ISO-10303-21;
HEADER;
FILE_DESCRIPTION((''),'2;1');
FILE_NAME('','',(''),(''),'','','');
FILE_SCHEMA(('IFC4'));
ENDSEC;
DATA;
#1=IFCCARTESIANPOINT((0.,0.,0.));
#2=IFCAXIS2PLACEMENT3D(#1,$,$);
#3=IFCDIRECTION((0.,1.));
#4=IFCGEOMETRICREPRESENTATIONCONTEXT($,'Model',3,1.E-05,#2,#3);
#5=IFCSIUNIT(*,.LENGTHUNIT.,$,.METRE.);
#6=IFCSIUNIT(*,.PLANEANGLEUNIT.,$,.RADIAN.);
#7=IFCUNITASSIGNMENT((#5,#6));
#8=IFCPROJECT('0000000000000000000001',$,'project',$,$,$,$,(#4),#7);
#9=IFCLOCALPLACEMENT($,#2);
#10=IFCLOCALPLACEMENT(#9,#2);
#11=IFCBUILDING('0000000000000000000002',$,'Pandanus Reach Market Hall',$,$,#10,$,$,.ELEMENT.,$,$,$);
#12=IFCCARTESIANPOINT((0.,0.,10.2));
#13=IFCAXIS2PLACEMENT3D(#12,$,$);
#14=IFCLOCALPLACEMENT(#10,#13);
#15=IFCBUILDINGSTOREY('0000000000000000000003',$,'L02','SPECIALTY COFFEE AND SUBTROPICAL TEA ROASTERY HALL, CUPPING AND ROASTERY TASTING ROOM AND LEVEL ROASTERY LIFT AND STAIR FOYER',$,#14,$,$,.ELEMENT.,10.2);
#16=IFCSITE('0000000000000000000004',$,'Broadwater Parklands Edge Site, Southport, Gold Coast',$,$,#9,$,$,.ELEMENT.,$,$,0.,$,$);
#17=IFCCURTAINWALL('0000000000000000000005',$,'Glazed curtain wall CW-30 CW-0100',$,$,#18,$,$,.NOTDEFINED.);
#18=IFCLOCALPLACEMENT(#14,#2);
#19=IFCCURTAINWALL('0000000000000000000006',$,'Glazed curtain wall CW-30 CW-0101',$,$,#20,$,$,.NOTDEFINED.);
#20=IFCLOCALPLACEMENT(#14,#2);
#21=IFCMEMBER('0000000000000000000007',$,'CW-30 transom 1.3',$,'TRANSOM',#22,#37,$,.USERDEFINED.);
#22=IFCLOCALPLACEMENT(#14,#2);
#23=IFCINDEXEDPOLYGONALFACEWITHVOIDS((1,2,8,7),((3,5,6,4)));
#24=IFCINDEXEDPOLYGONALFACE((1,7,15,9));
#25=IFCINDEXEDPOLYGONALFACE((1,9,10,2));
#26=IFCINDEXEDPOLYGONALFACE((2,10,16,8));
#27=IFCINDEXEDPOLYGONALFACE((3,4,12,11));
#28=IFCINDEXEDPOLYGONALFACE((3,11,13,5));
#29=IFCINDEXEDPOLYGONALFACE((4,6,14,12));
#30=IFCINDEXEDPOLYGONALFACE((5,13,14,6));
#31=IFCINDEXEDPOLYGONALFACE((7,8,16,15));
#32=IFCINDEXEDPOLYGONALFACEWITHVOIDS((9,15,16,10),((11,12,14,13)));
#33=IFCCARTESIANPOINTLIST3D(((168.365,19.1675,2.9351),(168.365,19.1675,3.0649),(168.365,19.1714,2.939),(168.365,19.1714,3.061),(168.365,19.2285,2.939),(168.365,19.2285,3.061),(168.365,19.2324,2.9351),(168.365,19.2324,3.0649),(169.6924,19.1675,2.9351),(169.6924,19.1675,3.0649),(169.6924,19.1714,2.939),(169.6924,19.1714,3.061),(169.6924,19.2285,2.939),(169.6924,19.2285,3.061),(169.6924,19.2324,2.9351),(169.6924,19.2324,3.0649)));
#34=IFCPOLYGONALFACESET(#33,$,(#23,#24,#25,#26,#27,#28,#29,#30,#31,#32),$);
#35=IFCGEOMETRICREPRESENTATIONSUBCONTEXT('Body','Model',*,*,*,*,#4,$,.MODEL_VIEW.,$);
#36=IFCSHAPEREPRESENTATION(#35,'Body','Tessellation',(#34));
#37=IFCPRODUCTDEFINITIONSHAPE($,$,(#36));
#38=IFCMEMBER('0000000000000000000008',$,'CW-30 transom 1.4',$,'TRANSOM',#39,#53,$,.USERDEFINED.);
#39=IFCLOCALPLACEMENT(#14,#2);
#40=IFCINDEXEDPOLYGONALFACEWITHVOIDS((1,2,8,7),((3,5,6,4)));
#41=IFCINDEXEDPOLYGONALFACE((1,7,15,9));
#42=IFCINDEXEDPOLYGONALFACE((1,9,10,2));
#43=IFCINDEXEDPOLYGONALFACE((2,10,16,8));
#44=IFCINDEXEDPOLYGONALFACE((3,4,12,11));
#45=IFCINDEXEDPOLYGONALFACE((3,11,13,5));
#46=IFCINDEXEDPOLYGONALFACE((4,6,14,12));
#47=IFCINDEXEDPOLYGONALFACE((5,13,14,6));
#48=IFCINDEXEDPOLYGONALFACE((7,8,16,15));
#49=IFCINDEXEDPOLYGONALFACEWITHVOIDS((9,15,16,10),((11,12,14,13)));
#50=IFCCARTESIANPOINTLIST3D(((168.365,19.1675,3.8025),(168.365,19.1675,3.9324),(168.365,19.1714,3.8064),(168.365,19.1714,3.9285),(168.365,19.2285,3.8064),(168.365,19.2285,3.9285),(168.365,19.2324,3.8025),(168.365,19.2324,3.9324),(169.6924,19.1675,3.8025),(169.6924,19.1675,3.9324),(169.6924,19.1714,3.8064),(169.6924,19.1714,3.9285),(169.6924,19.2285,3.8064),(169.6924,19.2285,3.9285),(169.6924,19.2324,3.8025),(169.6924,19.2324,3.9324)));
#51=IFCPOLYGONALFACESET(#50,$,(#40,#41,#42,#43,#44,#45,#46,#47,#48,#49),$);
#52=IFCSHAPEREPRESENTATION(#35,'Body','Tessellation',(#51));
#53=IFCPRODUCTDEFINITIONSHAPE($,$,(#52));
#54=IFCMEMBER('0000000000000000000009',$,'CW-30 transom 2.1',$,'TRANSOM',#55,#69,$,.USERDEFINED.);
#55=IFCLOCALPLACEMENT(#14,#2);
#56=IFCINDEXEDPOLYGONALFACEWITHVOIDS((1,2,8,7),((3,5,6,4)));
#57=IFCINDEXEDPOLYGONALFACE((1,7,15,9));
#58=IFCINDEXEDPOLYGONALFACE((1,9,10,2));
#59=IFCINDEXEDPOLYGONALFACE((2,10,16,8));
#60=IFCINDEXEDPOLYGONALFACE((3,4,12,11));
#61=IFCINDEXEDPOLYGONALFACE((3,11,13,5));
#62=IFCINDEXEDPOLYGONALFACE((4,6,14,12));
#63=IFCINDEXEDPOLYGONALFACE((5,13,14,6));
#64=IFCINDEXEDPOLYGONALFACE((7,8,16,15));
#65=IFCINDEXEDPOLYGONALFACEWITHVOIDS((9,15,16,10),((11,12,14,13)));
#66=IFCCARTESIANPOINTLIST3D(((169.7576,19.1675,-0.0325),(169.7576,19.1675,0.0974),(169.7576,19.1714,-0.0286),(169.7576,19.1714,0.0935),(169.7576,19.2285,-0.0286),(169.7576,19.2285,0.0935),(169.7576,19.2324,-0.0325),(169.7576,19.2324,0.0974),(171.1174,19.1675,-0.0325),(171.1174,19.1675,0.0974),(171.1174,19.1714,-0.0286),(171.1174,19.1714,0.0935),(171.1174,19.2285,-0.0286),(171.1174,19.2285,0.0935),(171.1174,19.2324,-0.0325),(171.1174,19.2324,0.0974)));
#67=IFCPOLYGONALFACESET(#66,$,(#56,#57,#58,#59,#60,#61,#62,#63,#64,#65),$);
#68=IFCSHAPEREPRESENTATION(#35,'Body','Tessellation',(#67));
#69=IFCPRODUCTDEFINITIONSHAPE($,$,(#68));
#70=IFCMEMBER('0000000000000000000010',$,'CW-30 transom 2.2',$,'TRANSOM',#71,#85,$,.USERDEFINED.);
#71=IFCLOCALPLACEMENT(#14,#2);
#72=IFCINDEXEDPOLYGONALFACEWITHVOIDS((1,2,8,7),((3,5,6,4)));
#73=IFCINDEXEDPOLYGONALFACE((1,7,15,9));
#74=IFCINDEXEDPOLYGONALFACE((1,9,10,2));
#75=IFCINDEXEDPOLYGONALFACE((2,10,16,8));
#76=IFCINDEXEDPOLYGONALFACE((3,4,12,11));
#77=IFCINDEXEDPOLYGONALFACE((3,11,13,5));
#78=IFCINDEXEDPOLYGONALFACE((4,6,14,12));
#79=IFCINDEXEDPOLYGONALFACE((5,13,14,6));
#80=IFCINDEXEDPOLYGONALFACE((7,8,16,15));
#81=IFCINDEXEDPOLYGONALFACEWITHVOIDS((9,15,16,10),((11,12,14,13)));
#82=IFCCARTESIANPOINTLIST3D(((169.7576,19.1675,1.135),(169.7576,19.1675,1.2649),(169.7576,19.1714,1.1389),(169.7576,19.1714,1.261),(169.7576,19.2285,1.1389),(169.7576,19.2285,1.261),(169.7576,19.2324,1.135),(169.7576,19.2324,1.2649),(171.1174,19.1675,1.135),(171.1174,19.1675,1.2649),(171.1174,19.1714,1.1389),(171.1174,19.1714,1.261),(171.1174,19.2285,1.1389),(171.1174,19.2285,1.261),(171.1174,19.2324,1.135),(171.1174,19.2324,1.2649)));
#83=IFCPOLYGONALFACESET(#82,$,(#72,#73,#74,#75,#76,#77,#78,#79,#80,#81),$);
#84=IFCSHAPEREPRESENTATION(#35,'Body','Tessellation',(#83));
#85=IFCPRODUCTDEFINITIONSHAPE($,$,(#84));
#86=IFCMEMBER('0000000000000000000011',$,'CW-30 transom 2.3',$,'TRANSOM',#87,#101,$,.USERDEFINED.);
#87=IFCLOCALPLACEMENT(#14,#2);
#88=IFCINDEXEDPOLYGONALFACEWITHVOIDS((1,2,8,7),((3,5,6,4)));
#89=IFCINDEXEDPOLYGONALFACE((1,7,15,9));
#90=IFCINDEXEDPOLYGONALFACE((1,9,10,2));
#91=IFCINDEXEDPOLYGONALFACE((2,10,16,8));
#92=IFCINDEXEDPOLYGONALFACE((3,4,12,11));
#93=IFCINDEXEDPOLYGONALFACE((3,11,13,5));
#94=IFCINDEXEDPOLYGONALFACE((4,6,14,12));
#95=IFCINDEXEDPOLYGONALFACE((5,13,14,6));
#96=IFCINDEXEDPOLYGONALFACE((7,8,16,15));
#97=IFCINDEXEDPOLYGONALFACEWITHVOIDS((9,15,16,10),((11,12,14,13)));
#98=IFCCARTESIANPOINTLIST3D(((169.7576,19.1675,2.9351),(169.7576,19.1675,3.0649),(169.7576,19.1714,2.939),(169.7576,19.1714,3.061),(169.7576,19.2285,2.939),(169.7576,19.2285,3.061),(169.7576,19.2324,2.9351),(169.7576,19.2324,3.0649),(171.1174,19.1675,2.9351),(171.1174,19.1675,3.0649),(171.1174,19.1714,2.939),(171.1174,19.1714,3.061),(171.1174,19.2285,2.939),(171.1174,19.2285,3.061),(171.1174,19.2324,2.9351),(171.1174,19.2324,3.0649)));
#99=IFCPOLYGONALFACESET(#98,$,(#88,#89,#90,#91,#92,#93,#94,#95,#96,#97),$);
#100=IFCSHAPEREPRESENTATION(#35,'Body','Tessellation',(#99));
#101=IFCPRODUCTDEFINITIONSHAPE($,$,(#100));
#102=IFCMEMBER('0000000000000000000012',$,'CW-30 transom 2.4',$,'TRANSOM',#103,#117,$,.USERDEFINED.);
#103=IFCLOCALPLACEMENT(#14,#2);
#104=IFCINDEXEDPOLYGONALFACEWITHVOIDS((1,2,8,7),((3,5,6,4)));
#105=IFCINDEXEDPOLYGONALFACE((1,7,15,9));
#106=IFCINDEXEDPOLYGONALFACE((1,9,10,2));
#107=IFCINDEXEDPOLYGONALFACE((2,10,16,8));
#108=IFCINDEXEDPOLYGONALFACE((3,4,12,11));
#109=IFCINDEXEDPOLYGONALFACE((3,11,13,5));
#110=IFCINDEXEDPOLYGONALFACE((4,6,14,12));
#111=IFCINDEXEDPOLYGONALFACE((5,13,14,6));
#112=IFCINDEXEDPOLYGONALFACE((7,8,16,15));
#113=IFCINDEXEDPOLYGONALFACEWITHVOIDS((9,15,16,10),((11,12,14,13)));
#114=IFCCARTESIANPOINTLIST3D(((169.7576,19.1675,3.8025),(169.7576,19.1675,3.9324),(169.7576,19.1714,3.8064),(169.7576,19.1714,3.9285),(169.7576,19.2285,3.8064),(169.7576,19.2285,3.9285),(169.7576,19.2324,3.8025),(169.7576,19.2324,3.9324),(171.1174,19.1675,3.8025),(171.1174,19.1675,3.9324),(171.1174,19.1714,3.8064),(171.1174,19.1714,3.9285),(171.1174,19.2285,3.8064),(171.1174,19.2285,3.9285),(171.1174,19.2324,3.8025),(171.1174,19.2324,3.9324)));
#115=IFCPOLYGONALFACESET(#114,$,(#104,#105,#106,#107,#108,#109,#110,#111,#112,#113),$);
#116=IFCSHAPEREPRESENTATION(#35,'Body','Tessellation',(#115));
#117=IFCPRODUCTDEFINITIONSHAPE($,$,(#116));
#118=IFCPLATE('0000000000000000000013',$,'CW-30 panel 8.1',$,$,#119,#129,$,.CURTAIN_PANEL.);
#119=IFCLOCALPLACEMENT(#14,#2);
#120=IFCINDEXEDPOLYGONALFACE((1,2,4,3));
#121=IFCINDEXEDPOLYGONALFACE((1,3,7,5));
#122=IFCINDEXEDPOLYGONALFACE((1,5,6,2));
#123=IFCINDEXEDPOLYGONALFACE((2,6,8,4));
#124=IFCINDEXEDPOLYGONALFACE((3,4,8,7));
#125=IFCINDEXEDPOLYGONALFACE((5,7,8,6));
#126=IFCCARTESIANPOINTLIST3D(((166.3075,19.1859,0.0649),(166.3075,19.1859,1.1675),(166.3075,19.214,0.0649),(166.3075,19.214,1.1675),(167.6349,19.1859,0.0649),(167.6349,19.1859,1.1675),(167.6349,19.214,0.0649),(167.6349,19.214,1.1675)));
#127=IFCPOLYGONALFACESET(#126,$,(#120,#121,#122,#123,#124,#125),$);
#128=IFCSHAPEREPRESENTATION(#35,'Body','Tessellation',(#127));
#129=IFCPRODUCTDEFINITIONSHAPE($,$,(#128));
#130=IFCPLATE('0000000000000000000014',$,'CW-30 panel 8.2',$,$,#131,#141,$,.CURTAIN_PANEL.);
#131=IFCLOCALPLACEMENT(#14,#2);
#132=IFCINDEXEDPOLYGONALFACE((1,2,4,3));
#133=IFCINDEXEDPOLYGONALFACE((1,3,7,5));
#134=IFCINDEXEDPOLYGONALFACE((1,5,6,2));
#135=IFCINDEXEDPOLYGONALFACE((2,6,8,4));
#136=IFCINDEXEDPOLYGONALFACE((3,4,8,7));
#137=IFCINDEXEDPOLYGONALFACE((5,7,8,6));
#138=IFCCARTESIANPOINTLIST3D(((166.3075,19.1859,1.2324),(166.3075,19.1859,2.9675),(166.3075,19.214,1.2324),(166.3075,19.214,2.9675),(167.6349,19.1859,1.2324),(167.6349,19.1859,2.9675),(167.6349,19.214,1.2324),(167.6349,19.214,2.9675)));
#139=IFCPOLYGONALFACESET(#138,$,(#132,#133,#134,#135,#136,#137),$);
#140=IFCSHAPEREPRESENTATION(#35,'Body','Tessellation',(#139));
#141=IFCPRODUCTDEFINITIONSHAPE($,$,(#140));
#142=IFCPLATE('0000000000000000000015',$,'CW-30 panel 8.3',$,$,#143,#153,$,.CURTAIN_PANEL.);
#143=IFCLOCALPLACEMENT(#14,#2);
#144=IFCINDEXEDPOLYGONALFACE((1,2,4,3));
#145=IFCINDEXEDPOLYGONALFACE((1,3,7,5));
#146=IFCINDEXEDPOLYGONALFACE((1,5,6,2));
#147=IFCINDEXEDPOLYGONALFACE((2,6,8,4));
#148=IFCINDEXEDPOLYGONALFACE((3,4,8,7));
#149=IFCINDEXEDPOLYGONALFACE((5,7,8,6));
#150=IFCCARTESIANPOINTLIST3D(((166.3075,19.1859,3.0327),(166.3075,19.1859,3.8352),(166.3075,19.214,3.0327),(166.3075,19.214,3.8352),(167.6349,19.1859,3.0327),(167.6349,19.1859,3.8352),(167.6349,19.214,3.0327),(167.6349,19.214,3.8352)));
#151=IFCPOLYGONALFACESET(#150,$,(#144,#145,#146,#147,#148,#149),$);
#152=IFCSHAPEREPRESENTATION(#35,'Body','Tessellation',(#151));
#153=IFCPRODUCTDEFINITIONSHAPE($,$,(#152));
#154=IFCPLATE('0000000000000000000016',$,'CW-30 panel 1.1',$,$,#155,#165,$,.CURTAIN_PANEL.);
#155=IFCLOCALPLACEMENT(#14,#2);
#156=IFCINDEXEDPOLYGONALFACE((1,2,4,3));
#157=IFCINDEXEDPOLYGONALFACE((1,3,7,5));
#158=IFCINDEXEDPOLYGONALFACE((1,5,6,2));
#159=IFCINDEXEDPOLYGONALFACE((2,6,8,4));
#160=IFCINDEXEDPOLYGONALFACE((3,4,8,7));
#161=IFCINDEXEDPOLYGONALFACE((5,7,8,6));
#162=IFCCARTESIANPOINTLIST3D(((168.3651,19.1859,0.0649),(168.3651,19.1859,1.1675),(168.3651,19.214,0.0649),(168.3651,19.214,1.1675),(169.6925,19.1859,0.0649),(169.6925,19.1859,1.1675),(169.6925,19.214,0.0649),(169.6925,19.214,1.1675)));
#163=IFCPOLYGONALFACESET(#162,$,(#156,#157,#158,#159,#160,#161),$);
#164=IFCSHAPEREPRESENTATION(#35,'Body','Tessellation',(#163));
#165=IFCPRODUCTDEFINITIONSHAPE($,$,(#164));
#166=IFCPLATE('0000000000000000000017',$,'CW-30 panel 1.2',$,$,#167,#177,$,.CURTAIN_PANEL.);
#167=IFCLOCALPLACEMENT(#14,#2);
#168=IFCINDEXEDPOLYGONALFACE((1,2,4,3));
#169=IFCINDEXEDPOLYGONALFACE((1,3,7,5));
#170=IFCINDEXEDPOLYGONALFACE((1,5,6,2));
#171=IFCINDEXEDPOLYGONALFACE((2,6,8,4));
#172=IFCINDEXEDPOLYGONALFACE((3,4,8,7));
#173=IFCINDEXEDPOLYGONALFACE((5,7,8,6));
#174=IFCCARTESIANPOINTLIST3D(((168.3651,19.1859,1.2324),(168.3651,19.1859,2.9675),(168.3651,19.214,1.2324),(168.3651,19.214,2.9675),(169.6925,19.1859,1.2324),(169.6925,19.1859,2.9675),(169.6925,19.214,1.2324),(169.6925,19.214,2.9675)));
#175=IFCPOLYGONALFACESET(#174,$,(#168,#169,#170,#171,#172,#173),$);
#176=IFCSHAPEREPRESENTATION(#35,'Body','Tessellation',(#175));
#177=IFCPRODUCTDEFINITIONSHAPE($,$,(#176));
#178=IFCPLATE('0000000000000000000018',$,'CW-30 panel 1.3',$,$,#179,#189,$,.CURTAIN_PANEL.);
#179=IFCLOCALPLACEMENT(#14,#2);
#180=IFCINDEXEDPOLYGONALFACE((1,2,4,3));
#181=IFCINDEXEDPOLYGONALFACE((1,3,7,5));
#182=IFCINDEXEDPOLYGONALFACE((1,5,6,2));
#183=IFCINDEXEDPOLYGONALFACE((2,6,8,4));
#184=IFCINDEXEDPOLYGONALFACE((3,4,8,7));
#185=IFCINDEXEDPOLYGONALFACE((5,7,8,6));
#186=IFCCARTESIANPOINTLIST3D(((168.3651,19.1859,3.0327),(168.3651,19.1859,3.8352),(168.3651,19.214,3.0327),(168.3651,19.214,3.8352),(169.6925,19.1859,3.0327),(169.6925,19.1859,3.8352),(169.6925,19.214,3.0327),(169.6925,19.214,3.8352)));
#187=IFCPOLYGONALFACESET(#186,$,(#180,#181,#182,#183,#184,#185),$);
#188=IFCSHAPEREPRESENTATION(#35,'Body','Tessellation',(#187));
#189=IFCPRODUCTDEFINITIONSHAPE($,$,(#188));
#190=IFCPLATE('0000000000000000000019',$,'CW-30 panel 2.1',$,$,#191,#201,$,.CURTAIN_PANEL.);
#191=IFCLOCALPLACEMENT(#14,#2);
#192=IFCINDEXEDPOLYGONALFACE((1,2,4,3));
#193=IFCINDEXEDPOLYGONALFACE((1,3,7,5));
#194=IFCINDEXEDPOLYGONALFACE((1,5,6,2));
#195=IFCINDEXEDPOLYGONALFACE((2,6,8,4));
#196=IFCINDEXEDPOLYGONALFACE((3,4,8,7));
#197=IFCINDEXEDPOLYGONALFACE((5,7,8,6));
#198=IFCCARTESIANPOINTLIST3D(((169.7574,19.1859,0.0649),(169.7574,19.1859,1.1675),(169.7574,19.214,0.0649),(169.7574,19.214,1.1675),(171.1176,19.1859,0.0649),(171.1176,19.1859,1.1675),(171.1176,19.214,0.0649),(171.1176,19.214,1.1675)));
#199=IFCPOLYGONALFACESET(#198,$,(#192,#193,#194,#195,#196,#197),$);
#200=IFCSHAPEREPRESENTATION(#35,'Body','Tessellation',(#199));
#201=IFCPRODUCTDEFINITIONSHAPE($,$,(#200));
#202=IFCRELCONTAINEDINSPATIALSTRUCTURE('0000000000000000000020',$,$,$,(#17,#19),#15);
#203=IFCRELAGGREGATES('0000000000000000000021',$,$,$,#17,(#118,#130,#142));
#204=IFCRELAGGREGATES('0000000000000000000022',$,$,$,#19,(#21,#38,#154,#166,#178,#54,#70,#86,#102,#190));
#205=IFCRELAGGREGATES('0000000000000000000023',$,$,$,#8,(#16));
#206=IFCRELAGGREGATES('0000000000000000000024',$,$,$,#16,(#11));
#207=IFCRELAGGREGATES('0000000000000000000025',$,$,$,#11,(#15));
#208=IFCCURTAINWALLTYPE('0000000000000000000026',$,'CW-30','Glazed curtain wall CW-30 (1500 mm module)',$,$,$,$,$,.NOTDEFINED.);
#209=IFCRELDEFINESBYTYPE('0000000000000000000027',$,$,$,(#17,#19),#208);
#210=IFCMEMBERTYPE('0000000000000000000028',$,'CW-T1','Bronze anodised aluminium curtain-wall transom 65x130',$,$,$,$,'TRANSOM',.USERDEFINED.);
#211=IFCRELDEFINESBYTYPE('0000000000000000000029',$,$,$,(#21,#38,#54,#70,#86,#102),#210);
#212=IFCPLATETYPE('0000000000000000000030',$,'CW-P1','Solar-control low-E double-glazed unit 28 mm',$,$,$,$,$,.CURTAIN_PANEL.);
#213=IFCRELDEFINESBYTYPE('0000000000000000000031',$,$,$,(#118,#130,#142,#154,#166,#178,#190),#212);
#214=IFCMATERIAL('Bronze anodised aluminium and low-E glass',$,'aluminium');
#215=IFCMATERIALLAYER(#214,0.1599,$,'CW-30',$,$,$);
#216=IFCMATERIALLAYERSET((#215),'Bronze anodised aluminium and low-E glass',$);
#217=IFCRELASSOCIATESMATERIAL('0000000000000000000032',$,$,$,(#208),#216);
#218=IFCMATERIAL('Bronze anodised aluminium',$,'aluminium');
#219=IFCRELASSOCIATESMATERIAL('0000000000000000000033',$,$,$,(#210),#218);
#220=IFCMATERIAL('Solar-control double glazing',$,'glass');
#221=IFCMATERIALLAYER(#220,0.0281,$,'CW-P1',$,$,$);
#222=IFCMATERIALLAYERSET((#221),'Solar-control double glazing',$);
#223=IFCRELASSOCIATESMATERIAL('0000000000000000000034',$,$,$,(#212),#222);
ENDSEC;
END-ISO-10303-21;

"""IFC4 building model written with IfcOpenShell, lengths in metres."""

from ifc_helpers import new_model, si_unit, direction, frame, origin, origin_2d, place, context, subcontext, project, spatial, rectangle, hollow_rectangle, extrude, material, layer, layer_set, material_profile, profile_set, type_object, element, aggregate, save


model = new_model("IFC4")

# Units and contexts
model_context = context("Model", 3, precision=1e-05, world=origin(), true_north=direction((0.0, 1.0)))
body_context = subcontext(model_context, "Body", "Model", "MODEL_VIEW")
ifc_project = project(units=[si_unit("LENGTHUNIT", "METRE"), si_unit("PLANEANGLEUNIT", "RADIAN")], contexts=[model_context])

# Site, building, storey
site_placement = place(None, origin())
site = spatial("IfcSite", under=ifc_project, at=site_placement, Name="Broadwater Parklands Edge Site, Southport, Gold Coast", CompositionType="ELEMENT", RefElevation=0.0)
building_placement = place(site_placement, origin())
building = spatial("IfcBuilding", under=site, at=building_placement, Name="Pandanus Reach Market Hall", CompositionType="ELEMENT")
storey_placement = place(building_placement, frame((0.0, 0.0, 10.2)))
storey = spatial("IfcBuildingStorey", under=building, at=storey_placement, Name="L02", Description="SPECIALTY COFFEE AND SUBTROPICAL TEA ROASTERY HALL, CUPPING AND ROASTERY TASTING ROOM AND LEVEL ROASTERY LIFT AND STAIR FOYER", CompositionType="ELEMENT", Elevation=10.2)

# Curtain wall
ifc_material_1 = material(Name="Bronze anodised aluminium and low-E glass", Category="aluminium")
ifc_layer_1 = layer(ifc_material_1, 0.1599, Name="CW-30")
ifc_layer_set_1 = layer_set([ifc_layer_1], Name="Bronze anodised aluminium and low-E glass")
curtain_wall_type = type_object("IfcCurtainWallType", Name="CW-30", Description="Glazed curtain wall CW-30 (1500 mm module)", PredefinedType="NOTDEFINED", material=ifc_layer_set_1)
curtain_wall_1_placement = place(storey_placement, origin())
curtain_wall_1 = element("IfcCurtainWall", 1, at=curtain_wall_1_placement, inside=storey, type_object=curtain_wall_type, Name="Glazed curtain wall CW-30 CW-0100", PredefinedType="NOTDEFINED")
ifc_material_2 = material(Name="Bronze anodised aluminium", Category="aluminium")

# Curtain wall, members
curtain_wall_2_placement = place(storey_placement, origin())
curtain_wall_2 = element("IfcCurtainWall", 2, at=curtain_wall_2_placement, inside=storey, type_object=curtain_wall_type, Name="Glazed curtain wall CW-30 CW-0101", PredefinedType="NOTDEFINED")
ifc_material_profile_1 = material_profile(ifc_material_2, hollow_rectangle(XDim=0.0649, YDim=0.1299, WallThickness=0.0039, at=origin_2d()), Name="ALU65x130", Category="LoadBearing")
ifc_profile_set_1 = profile_set([ifc_material_profile_1], Name="Bronze anodised aluminium")
member_type_1 = type_object("IfcMemberType", Name="CW-T1", Description="Bronze anodised aluminium curtain-wall transom 65x130", ElementType="TRANSOM", PredefinedType="USERDEFINED", material=ifc_profile_set_1)
member_1_placement = place(storey_placement, frame((168.365, 19.2, 3.0), z_axis=(1.0, 0.0, 0.0), x_axis=(0.0, 1.0, 0.0)))
member_1 = element("IfcMember", 3, at=member_1_placement, type_object=member_type_1, Name="CW-30 transom 1.3", ObjectType="TRANSOM", PredefinedType="USERDEFINED", context=body_context, shape_type="SweptSolid", body=[
    extrude(hollow_rectangle(XDim=0.0649, YDim=0.1299, WallThickness=0.0039, at=origin_2d()), origin(), (0.0, 0.0, 1.0), 1.3274),
])
member_2_placement = place(storey_placement, frame((168.365, 19.2, 3.8674), z_axis=(1.0, 0.0, 0.0), x_axis=(0.0, 1.0, 0.0)))
member_2 = element("IfcMember", 4, at=member_2_placement, type_object=member_type_1, Name="CW-30 transom 1.4", ObjectType="TRANSOM", PredefinedType="USERDEFINED", context=body_context, shape_type="SweptSolid", body=[
    extrude(hollow_rectangle(XDim=0.0649, YDim=0.1299, WallThickness=0.0039, at=origin_2d()), origin(), (0.0, 0.0, 1.0), 1.3274),
])
member_3_placement = place(storey_placement, frame((169.7576, 19.2, 0.0325), z_axis=(1.0, 0.0, 0.0), x_axis=(0.0, 1.0, 0.0)))
member_3 = element("IfcMember", 5, at=member_3_placement, type_object=member_type_1, Name="CW-30 transom 2.1", ObjectType="TRANSOM", PredefinedType="USERDEFINED", context=body_context, shape_type="SweptSolid", body=[
    extrude(hollow_rectangle(XDim=0.0649, YDim=0.1299, WallThickness=0.0039, at=origin_2d()), origin(), (0.0, 0.0, 1.0), 1.3599),
])
member_4_placement = place(storey_placement, frame((169.7576, 19.2, 1.2), z_axis=(1.0, 0.0, 0.0), x_axis=(0.0, 1.0, 0.0)))
member_4 = element("IfcMember", 6, at=member_4_placement, type_object=member_type_1, Name="CW-30 transom 2.2", ObjectType="TRANSOM", PredefinedType="USERDEFINED", context=body_context, shape_type="SweptSolid", body=[
    extrude(hollow_rectangle(XDim=0.0649, YDim=0.1299, WallThickness=0.0039, at=origin_2d()), origin(), (0.0, 0.0, 1.0), 1.3599),
])
member_5_placement = place(storey_placement, frame((169.7576, 19.2, 3.0), z_axis=(1.0, 0.0, 0.0), x_axis=(0.0, 1.0, 0.0)))
member_5 = element("IfcMember", 7, at=member_5_placement, type_object=member_type_1, Name="CW-30 transom 2.3", ObjectType="TRANSOM", PredefinedType="USERDEFINED", context=body_context, shape_type="SweptSolid", body=[
    extrude(hollow_rectangle(XDim=0.0649, YDim=0.1299, WallThickness=0.0039, at=origin_2d()), origin(), (0.0, 0.0, 1.0), 1.3599),
])
member_6_placement = place(storey_placement, frame((169.7576, 19.2, 3.8674), z_axis=(1.0, 0.0, 0.0), x_axis=(0.0, 1.0, 0.0)))
member_6 = element("IfcMember", 8, at=member_6_placement, type_object=member_type_1, Name="CW-30 transom 2.4", ObjectType="TRANSOM", PredefinedType="USERDEFINED", context=body_context, shape_type="SweptSolid", body=[
    extrude(hollow_rectangle(XDim=0.0649, YDim=0.1299, WallThickness=0.0039, at=origin_2d()), origin(), (0.0, 0.0, 1.0), 1.3599),
])

# Plates
ifc_material_3 = material(Name="Solar-control double glazing", Category="glass")
ifc_layer_2 = layer(ifc_material_3, 0.0281, Name="CW-P1")
ifc_layer_set_2 = layer_set([ifc_layer_2], Name="Solar-control double glazing")
plate_type = type_object("IfcPlateType", Name="CW-P1", Description="Solar-control low-E double-glazed unit 28 mm", PredefinedType="CURTAIN_PANEL", material=ifc_layer_set_2)
plate_1_placement = place(storey_placement, frame((166.9712, 19.2, 0.0649), z_axis=(0.0, 0.0, 1.0), x_axis=(1.0, 0.0, 0.0)))
plate_1 = element("IfcPlate", 9, at=plate_1_placement, type_object=plate_type, Name="CW-30 panel 8.1", PredefinedType="CURTAIN_PANEL", context=body_context, shape_type="SweptSolid", body=[
    extrude(rectangle(XDim=1.3274, YDim=0.0281, at=origin_2d()), origin(), (0.0, 0.0, 1.0), 1.1025),
])
plate_2_placement = place(storey_placement, frame((166.9712, 19.2, 1.2324), z_axis=(0.0, 0.0, 1.0), x_axis=(1.0, 0.0, 0.0)))
plate_2 = element("IfcPlate", 10, at=plate_2_placement, type_object=plate_type, Name="CW-30 panel 8.2", PredefinedType="CURTAIN_PANEL", context=body_context, shape_type="SweptSolid", body=[
    extrude(rectangle(XDim=1.3274, YDim=0.0281, at=origin_2d()), origin(), (0.0, 0.0, 1.0), 1.7351),
])
plate_3_placement = place(storey_placement, frame((166.9712, 19.2, 3.0327), z_axis=(0.0, 0.0, 1.0), x_axis=(1.0, 0.0, 0.0)))
plate_3 = element("IfcPlate", 11, at=plate_3_placement, type_object=plate_type, Name="CW-30 panel 8.3", PredefinedType="CURTAIN_PANEL", context=body_context, shape_type="SweptSolid", body=[
    extrude(rectangle(XDim=1.3274, YDim=0.0281, at=origin_2d()), origin(), (0.0, 0.0, 1.0), 0.8025),
])
aggregate(curtain_wall_1, [plate_1, plate_2, plate_3])
plate_4_placement = place(storey_placement, frame((169.0288, 19.2, 0.0649), z_axis=(0.0, 0.0, 1.0), x_axis=(1.0, 0.0, 0.0)))
plate_4 = element("IfcPlate", 12, at=plate_4_placement, type_object=plate_type, Name="CW-30 panel 1.1", PredefinedType="CURTAIN_PANEL", context=body_context, shape_type="SweptSolid", body=[
    extrude(rectangle(XDim=1.3274, YDim=0.0281, at=origin_2d()), origin(), (0.0, 0.0, 1.0), 1.1025),
])
plate_5_placement = place(storey_placement, frame((169.0288, 19.2, 1.2324), z_axis=(0.0, 0.0, 1.0), x_axis=(1.0, 0.0, 0.0)))
plate_5 = element("IfcPlate", 13, at=plate_5_placement, type_object=plate_type, Name="CW-30 panel 1.2", PredefinedType="CURTAIN_PANEL", context=body_context, shape_type="SweptSolid", body=[
    extrude(rectangle(XDim=1.3274, YDim=0.0281, at=origin_2d()), origin(), (0.0, 0.0, 1.0), 1.7351),
])
plate_6_placement = place(storey_placement, frame((169.0288, 19.2, 3.0327), z_axis=(0.0, 0.0, 1.0), x_axis=(1.0, 0.0, 0.0)))
plate_6 = element("IfcPlate", 14, at=plate_6_placement, type_object=plate_type, Name="CW-30 panel 1.3", PredefinedType="CURTAIN_PANEL", context=body_context, shape_type="SweptSolid", body=[
    extrude(rectangle(XDim=1.3274, YDim=0.0281, at=origin_2d()), origin(), (0.0, 0.0, 1.0), 0.8025),
])
plate_7_placement = place(storey_placement, frame((170.4375, 19.2, 0.0649), z_axis=(0.0, 0.0, 1.0), x_axis=(1.0, 0.0, 0.0)))
plate_7 = element("IfcPlate", 15, at=plate_7_placement, type_object=plate_type, Name="CW-30 panel 2.1", PredefinedType="CURTAIN_PANEL", context=body_context, shape_type="SweptSolid", body=[
    extrude(rectangle(XDim=1.3601, YDim=0.0281, at=origin_2d()), origin(), (0.0, 0.0, 1.0), 1.1025),
])
aggregate(curtain_wall_2, [member_1, member_2, plate_4, plate_5, plate_6, member_3, member_4, member_5, member_6, plate_7])

save(model, "model.ifc")
